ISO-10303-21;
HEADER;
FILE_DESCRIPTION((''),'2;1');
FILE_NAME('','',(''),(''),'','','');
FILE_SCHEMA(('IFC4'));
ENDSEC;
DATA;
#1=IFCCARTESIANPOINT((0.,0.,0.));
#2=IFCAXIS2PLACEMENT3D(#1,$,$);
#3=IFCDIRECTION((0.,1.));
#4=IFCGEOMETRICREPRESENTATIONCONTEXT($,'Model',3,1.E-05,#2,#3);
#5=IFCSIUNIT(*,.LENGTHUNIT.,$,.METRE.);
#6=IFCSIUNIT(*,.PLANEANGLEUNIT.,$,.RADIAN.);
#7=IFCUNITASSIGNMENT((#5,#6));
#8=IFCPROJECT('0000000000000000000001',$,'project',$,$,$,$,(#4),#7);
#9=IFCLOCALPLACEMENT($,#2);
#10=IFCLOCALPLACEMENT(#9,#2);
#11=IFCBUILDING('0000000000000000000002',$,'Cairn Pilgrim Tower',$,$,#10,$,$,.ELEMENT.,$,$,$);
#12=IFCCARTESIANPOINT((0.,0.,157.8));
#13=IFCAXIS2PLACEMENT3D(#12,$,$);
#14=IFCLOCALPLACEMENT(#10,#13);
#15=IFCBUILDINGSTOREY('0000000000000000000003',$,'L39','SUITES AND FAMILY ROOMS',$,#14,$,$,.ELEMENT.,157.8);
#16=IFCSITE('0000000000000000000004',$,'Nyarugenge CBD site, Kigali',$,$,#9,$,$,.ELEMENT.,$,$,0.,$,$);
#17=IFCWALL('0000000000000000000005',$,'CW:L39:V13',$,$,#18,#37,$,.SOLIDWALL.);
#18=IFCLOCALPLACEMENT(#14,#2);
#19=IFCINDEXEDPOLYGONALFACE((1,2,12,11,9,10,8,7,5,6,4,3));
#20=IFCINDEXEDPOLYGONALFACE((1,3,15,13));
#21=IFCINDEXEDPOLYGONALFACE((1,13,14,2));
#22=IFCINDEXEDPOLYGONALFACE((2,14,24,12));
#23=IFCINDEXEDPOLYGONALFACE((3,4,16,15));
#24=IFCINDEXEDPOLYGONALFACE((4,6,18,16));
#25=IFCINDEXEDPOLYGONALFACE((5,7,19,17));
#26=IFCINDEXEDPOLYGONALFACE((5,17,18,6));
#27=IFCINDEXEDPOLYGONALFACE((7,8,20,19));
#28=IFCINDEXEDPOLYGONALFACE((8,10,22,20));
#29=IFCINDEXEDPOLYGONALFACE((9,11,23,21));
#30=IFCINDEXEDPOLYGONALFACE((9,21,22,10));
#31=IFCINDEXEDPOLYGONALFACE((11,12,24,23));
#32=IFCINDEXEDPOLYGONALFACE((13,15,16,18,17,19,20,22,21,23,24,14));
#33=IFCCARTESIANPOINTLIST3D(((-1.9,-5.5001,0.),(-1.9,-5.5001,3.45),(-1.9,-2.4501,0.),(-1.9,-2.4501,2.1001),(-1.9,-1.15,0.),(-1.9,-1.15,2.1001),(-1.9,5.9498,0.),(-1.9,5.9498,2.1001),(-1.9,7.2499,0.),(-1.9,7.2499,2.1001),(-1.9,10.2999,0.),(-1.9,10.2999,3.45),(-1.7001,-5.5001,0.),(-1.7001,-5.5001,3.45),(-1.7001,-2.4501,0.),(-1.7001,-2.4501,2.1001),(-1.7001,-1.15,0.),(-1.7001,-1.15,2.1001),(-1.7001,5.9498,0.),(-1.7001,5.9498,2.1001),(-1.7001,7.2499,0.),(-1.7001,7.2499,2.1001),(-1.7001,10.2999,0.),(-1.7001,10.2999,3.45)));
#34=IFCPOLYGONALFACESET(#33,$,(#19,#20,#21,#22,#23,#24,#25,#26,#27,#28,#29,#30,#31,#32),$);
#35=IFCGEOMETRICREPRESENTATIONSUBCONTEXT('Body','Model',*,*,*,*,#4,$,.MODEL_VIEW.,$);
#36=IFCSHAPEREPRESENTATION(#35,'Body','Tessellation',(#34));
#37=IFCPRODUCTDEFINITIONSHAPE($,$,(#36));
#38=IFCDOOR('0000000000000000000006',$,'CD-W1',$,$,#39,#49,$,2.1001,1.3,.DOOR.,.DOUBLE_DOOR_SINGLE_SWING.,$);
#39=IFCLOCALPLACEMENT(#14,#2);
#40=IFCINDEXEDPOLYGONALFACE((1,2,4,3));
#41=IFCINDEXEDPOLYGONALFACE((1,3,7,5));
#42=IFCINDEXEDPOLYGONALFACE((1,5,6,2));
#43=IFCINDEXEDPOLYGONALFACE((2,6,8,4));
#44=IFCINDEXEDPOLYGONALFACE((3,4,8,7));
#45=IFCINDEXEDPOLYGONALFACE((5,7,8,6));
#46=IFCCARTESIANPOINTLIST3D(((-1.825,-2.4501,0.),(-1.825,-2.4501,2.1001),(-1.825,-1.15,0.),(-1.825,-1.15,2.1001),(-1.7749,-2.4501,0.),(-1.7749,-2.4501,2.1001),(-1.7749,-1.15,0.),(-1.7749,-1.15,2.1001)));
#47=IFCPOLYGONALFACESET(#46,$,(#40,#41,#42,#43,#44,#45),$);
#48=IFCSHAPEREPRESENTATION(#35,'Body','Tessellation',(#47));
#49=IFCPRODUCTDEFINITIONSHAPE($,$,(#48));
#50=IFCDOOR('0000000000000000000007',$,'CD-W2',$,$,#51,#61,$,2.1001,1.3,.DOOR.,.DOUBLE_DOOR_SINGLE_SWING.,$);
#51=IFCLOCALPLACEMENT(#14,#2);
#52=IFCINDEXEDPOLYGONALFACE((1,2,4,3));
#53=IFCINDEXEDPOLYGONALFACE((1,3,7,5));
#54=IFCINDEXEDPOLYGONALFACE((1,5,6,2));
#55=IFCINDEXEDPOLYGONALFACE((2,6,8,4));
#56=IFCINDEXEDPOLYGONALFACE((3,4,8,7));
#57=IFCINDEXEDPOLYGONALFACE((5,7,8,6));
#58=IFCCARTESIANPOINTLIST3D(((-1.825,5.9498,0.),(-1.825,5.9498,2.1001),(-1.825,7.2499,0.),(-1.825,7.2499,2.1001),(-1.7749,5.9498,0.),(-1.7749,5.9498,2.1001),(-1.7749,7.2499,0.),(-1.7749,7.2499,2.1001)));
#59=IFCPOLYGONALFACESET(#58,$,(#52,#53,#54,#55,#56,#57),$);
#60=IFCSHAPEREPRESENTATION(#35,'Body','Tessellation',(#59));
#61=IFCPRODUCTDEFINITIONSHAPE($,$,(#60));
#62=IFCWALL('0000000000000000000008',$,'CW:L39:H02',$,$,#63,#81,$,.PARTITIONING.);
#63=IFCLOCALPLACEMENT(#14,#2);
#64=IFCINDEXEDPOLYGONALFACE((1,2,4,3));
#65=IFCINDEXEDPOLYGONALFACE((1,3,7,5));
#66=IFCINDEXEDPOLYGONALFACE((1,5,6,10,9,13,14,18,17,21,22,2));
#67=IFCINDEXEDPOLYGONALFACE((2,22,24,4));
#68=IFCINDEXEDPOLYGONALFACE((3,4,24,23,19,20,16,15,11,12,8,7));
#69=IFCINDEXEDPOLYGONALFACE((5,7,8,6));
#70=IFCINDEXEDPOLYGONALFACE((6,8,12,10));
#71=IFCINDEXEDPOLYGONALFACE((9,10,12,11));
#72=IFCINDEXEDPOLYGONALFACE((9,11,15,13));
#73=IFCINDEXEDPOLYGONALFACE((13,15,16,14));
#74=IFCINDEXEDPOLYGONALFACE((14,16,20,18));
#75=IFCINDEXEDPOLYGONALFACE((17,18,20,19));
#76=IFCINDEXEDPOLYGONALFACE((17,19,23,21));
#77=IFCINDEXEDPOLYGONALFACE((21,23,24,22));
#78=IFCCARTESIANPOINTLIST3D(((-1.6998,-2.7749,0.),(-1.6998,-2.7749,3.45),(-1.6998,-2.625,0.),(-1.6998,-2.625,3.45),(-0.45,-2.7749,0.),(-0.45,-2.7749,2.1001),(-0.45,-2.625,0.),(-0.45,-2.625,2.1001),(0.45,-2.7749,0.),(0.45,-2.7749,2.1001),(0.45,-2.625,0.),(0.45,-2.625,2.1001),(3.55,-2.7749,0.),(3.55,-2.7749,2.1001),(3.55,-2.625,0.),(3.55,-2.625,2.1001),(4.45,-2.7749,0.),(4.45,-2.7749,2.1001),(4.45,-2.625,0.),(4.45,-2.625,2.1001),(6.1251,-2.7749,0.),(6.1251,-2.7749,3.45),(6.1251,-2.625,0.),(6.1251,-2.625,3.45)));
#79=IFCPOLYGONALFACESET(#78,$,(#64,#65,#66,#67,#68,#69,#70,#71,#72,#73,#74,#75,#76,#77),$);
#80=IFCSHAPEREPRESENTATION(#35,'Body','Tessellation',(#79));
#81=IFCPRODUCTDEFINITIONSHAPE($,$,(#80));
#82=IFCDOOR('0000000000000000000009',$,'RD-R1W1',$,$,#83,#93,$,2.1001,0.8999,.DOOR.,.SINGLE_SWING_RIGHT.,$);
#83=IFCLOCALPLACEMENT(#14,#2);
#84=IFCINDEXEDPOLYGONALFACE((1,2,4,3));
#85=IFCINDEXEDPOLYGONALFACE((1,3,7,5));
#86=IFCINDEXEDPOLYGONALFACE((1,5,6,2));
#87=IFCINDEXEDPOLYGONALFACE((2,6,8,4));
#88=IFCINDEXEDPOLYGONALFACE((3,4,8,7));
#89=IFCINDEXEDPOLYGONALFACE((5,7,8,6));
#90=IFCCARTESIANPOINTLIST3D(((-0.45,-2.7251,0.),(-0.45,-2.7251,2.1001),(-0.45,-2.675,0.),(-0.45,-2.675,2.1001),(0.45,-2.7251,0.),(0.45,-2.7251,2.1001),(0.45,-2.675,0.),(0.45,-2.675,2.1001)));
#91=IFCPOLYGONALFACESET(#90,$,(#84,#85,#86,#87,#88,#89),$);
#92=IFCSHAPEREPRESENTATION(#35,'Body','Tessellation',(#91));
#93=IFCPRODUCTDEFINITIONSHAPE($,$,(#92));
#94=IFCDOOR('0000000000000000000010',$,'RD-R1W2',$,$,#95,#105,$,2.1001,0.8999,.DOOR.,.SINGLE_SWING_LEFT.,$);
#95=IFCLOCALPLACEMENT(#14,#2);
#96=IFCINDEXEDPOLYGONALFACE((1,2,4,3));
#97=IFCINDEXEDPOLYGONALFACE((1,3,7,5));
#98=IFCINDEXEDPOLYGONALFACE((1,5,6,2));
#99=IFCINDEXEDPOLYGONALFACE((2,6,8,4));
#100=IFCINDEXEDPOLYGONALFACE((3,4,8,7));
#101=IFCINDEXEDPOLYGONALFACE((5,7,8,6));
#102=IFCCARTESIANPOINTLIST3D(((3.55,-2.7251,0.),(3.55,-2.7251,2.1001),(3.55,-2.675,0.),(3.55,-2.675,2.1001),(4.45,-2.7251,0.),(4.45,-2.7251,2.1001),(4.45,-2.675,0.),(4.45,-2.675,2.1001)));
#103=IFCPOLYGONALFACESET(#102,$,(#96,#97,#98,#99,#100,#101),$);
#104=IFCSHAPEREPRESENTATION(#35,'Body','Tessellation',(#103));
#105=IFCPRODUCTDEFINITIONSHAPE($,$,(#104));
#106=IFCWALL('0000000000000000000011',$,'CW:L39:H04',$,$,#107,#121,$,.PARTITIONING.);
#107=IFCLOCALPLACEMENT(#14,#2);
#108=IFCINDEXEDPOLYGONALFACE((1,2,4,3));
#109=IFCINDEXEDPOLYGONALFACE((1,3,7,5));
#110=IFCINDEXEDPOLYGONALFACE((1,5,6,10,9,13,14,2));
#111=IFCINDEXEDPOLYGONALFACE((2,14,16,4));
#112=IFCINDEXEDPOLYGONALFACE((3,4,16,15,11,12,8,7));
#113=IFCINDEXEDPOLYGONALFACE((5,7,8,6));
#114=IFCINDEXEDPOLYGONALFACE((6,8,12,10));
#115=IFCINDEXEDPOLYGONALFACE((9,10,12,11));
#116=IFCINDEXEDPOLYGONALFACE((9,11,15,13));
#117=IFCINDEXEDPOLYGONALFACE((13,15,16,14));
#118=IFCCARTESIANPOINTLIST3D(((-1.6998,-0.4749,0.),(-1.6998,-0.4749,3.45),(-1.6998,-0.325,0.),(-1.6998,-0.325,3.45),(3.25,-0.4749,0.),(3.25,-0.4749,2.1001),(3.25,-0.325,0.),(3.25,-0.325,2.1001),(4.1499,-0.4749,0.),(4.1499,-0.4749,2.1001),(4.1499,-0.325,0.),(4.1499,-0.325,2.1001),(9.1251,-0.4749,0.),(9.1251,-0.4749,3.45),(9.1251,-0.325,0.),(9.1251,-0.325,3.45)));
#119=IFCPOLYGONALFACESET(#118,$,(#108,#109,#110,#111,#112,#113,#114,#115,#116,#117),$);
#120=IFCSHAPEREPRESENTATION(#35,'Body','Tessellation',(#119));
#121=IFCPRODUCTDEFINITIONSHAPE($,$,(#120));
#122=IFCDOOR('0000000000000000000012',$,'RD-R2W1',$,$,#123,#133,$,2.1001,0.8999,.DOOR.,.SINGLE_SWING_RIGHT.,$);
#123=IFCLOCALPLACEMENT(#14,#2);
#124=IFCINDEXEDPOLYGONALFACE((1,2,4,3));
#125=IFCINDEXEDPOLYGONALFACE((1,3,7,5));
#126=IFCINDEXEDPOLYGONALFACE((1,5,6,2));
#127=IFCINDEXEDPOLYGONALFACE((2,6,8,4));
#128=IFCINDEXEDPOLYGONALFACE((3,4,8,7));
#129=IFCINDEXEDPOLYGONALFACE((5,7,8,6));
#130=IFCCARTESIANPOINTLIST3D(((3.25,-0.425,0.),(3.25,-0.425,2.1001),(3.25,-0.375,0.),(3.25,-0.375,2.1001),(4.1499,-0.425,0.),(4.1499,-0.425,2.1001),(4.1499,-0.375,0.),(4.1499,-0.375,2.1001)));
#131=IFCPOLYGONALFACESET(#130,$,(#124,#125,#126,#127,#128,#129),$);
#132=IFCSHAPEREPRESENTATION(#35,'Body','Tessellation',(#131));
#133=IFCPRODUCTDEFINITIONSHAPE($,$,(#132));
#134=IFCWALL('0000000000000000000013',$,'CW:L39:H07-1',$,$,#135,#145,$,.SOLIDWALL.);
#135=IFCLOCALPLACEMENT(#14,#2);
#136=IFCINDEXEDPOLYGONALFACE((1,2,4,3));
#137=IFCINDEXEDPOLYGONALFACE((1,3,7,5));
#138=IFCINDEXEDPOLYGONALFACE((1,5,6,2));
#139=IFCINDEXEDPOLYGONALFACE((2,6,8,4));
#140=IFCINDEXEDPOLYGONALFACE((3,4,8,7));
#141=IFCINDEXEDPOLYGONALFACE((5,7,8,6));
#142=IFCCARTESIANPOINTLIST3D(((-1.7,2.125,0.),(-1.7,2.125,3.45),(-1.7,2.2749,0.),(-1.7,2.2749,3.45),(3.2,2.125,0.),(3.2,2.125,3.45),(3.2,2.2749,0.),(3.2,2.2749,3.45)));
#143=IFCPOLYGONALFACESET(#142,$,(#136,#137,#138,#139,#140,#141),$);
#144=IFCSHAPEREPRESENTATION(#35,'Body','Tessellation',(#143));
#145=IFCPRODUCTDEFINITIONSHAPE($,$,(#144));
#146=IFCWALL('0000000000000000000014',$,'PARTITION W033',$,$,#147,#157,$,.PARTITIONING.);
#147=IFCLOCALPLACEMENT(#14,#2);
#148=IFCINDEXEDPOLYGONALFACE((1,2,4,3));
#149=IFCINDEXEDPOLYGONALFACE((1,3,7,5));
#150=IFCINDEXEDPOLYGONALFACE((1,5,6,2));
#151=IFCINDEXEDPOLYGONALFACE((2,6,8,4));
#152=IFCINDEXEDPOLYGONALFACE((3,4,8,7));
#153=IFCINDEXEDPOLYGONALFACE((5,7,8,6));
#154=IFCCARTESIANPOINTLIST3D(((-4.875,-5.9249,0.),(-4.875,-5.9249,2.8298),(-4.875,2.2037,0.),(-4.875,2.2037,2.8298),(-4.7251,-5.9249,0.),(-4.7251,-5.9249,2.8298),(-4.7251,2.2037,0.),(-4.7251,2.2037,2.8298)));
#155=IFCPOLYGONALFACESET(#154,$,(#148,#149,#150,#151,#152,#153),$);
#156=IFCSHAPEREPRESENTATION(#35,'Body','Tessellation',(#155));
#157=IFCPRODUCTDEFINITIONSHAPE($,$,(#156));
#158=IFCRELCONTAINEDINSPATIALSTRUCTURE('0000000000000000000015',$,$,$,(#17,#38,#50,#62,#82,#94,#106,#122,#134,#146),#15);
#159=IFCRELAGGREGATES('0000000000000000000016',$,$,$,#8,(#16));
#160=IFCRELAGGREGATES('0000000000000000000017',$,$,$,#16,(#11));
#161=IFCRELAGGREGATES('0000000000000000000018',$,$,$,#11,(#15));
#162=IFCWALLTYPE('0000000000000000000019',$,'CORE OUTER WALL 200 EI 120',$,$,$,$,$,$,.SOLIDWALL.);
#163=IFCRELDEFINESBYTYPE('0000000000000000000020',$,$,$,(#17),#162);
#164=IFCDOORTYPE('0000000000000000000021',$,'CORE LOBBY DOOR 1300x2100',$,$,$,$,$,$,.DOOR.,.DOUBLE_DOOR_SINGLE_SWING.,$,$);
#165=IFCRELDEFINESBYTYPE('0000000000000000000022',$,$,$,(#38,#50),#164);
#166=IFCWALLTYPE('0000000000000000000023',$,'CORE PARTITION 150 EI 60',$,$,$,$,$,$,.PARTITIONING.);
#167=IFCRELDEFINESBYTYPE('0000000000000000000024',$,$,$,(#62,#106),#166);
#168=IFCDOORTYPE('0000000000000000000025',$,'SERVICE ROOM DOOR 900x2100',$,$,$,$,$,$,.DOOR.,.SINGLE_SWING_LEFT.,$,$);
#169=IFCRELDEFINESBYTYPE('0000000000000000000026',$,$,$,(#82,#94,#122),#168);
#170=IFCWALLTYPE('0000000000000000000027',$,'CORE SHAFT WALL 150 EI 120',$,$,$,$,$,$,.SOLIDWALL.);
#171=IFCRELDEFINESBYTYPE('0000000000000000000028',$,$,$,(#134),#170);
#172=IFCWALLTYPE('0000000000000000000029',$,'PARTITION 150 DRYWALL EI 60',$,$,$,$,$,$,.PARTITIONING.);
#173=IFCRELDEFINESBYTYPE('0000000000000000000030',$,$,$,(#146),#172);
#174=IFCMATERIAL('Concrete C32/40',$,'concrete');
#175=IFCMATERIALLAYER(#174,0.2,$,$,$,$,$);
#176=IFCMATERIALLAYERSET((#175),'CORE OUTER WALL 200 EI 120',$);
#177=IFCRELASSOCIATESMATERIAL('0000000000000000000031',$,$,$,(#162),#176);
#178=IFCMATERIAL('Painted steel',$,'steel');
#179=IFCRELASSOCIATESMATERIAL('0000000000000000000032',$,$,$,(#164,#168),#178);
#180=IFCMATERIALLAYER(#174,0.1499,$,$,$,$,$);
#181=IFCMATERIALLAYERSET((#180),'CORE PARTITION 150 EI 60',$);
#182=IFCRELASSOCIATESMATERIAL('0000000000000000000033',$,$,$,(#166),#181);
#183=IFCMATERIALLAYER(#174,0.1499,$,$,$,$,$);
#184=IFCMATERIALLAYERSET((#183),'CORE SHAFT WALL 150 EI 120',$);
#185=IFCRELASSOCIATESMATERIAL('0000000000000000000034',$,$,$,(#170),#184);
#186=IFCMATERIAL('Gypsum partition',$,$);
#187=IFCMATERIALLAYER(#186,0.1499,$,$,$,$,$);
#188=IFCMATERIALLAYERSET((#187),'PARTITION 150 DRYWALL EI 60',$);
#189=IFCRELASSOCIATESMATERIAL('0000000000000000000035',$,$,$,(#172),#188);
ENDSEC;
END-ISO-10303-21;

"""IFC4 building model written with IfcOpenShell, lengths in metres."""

from ifc_helpers import new_model, si_unit, direction, frame, frame_2d, origin, place, context, subcontext, project, spatial, rectangle, extrude, material, layer, layer_set, type_object, element, fill, save


model = new_model("IFC4")

# Units and contexts
model_context = context("Model", 3, precision=1e-05, world=origin(), true_north=direction((0.0, 1.0)))
body_context = subcontext(model_context, "Body", "Model", "MODEL_VIEW")
ifc_project = project(units=[si_unit("LENGTHUNIT", "METRE"), si_unit("PLANEANGLEUNIT", "RADIAN")], contexts=[model_context])

# Site, building, storey
site_placement = place(None, origin())
site = spatial("IfcSite", under=ifc_project, at=site_placement, Name="Nyarugenge CBD site, Kigali", CompositionType="ELEMENT", RefElevation=0.0)
building_placement = place(site_placement, origin())
building = spatial("IfcBuilding", under=site, at=building_placement, Name="Cairn Pilgrim Tower", CompositionType="ELEMENT")
storey_placement = place(building_placement, frame((0.0, 0.0, 157.8)))
storey = spatial("IfcBuildingStorey", under=building, at=storey_placement, Name="L39", Description="SUITES AND FAMILY ROOMS", CompositionType="ELEMENT", Elevation=157.8)

# Shared definitions
ifc_material_1 = material(Name="Concrete C32/40", Category="concrete")
ifc_layer_1 = layer(ifc_material_1, 0.2)
ifc_layer_set_1 = layer_set([ifc_layer_1], Name="CORE OUTER WALL 200 EI 120")
wall_type_1 = type_object("IfcWallType", Name="CORE OUTER WALL 200 EI 120", PredefinedType="SOLIDWALL", material=ifc_layer_set_1)

# Walls, openings, doors
wall_1_placement = place(storey_placement, frame((-1.8, -5.5, 0.0), z_axis=(0.0, 0.0, 1.0), x_axis=(0.0, 1.0, 0.0)))
wall_1 = element("IfcWall", 1, at=wall_1_placement, inside=storey, type_object=wall_type_1, Name="CW:L39:V13", PredefinedType="SOLIDWALL", context=body_context, shape_type="SweptSolid", body=[
    extrude(rectangle(XDim=15.8, YDim=0.2, at=frame_2d((7.8999, 0.0))), origin(), (0.0, 0.0, 1.0), 3.45),
])
opening_1_placement = place(wall_1_placement, frame((3.05, 0.0, 0.0)))
opening_1 = element("IfcOpeningElement", 2, at=opening_1_placement, cuts=wall_1, PredefinedType="OPENING", context=body_context, shape_type="SweptSolid", body=[
    extrude(rectangle(XDim=1.3, YDim=2.1001, at=frame_2d((0.6499, 1.05))), frame((0.0, 0.1099, 0.0), z_axis=(0.0, -1.0, 0.0), x_axis=(1.0, 0.0, 0.0)), (0.0, 0.0, 1.0), 0.22),
])
opening_2_placement = place(wall_1_placement, frame((11.45, 0.0, 0.0)))
opening_2 = element("IfcOpeningElement", 3, at=opening_2_placement, cuts=wall_1, PredefinedType="OPENING", context=body_context, shape_type="SweptSolid", body=[
    extrude(rectangle(XDim=1.3, YDim=2.1001, at=frame_2d((0.6499, 1.05))), frame((0.0, 0.1099, 0.0), z_axis=(0.0, -1.0, 0.0), x_axis=(1.0, 0.0, 0.0)), (0.0, 0.0, 1.0), 0.22),
])
ifc_material_2 = material(Name="Painted steel", Category="steel")
door_type_1 = type_object("IfcDoorType", Name="CORE LOBBY DOOR 1300x2100", OperationType="DOUBLE_DOOR_SINGLE_SWING", PredefinedType="DOOR", material=ifc_material_2)
door_1_placement = place(opening_1_placement, origin())
door_1 = element("IfcDoor", 4, at=door_1_placement, inside=storey, type_object=door_type_1, Name="CD-W1", OperationType="DOUBLE_DOOR_SINGLE_SWING", OverallHeight=2.1001, OverallWidth=1.3, PredefinedType="DOOR", context=body_context, shape_type="SweptSolid", body=[
    extrude(rectangle(XDim=1.3, YDim=2.1001, at=frame_2d((0.6499, 1.05))), frame((0.0, 0.0249, 0.0), z_axis=(0.0, -1.0, 0.0), x_axis=(1.0, 0.0, 0.0)), (0.0, 0.0, 1.0), 0.05),
])
fill(opening_1, door_1)
door_2_placement = place(opening_2_placement, origin())
door_2 = element("IfcDoor", 5, at=door_2_placement, inside=storey, type_object=door_type_1, Name="CD-W2", OperationType="DOUBLE_DOOR_SINGLE_SWING", OverallHeight=2.1001, OverallWidth=1.3, PredefinedType="DOOR", context=body_context, shape_type="SweptSolid", body=[
    extrude(rectangle(XDim=1.3, YDim=2.1001, at=frame_2d((0.6499, 1.05))), frame((0.0, 0.0249, 0.0), z_axis=(0.0, -1.0, 0.0), x_axis=(1.0, 0.0, 0.0)), (0.0, 0.0, 1.0), 0.05),
])
fill(opening_2, door_2)
ifc_layer_2 = layer(ifc_material_1, 0.1499)
ifc_layer_set_2 = layer_set([ifc_layer_2], Name="CORE PARTITION 150 EI 60")
wall_type_2 = type_object("IfcWallType", Name="CORE PARTITION 150 EI 60", PredefinedType="PARTITIONING", material=ifc_layer_set_2)
wall_2_placement = place(storey_placement, frame((-1.7, -2.7, 0.0), z_axis=(0.0, 0.0, 1.0), x_axis=(1.0, 0.0, 0.0)))
wall_2 = element("IfcWall", 6, at=wall_2_placement, inside=storey, type_object=wall_type_2, Name="CW:L39:H02", PredefinedType="PARTITIONING", context=body_context, shape_type="SweptSolid", body=[
    extrude(rectangle(XDim=7.825, YDim=0.1499, at=frame_2d((3.9126, 0.0))), origin(), (0.0, 0.0, 1.0), 3.45),
])
opening_3_placement = place(wall_2_placement, frame((1.25, 0.0, 0.0)))
opening_3 = element("IfcOpeningElement", 7, at=opening_3_placement, cuts=wall_2, PredefinedType="OPENING", context=body_context, shape_type="SweptSolid", body=[
    extrude(rectangle(XDim=0.8999, YDim=2.1001, at=frame_2d((0.45, 1.05))), frame((0.0, 0.085, 0.0), z_axis=(0.0, -1.0, 0.0), x_axis=(1.0, 0.0, 0.0)), (0.0, 0.0, 1.0), 0.1699),
])
opening_4_placement = place(wall_2_placement, frame((5.25, 0.0, 0.0)))
opening_4 = element("IfcOpeningElement", 8, at=opening_4_placement, cuts=wall_2, PredefinedType="OPENING", context=body_context, shape_type="SweptSolid", body=[
    extrude(rectangle(XDim=0.8999, YDim=2.1001, at=frame_2d((0.45, 1.05))), frame((0.0, 0.085, 0.0), z_axis=(0.0, -1.0, 0.0), x_axis=(1.0, 0.0, 0.0)), (0.0, 0.0, 1.0), 0.1699),
])
door_type_2 = type_object("IfcDoorType", Name="SERVICE ROOM DOOR 900x2100", OperationType="SINGLE_SWING_LEFT", PredefinedType="DOOR", material=ifc_material_2)
door_3_placement = place(opening_3_placement, origin())
door_3 = element("IfcDoor", 9, at=door_3_placement, inside=storey, type_object=door_type_2, Name="RD-R1W1", OperationType="SINGLE_SWING_RIGHT", OverallHeight=2.1001, OverallWidth=0.8999, PredefinedType="DOOR", context=body_context, shape_type="SweptSolid", body=[
    extrude(rectangle(XDim=0.8999, YDim=2.1001, at=frame_2d((0.45, 1.05))), frame((0.0, 0.0249, 0.0), z_axis=(0.0, -1.0, 0.0), x_axis=(1.0, 0.0, 0.0)), (0.0, 0.0, 1.0), 0.05),
])
fill(opening_3, door_3)
door_4_placement = place(opening_4_placement, origin())
door_4 = element("IfcDoor", 10, at=door_4_placement, inside=storey, type_object=door_type_2, Name="RD-R1W2", OperationType="SINGLE_SWING_LEFT", OverallHeight=2.1001, OverallWidth=0.8999, PredefinedType="DOOR", context=body_context, shape_type="SweptSolid", body=[
    extrude(rectangle(XDim=0.8999, YDim=2.1001, at=frame_2d((0.45, 1.05))), frame((0.0, 0.0249, 0.0), z_axis=(0.0, -1.0, 0.0), x_axis=(1.0, 0.0, 0.0)), (0.0, 0.0, 1.0), 0.05),
])
fill(opening_4, door_4)

# Wall, opening, door
wall_3_placement = place(storey_placement, frame((-1.7, -0.3999, 0.0), z_axis=(0.0, 0.0, 1.0), x_axis=(1.0, 0.0, 0.0)))
wall_3 = element("IfcWall", 11, at=wall_3_placement, inside=storey, type_object=wall_type_2, Name="CW:L39:H04", PredefinedType="PARTITIONING", context=body_context, shape_type="SweptSolid", body=[
    extrude(rectangle(XDim=10.825, YDim=0.1499, at=frame_2d((5.4126, 0.0))), origin(), (0.0, 0.0, 1.0), 3.45),
])
opening_5_placement = place(wall_3_placement, frame((4.95, 0.0, 0.0)))
opening_5 = element("IfcOpeningElement", 12, at=opening_5_placement, cuts=wall_3, PredefinedType="OPENING", context=body_context, shape_type="SweptSolid", body=[
    extrude(rectangle(XDim=0.8999, YDim=2.1001, at=frame_2d((0.45, 1.05))), frame((0.0, 0.085, 0.0), z_axis=(0.0, -1.0, 0.0), x_axis=(1.0, 0.0, 0.0)), (0.0, 0.0, 1.0), 0.1699),
])
door_5_placement = place(opening_5_placement, origin())
door_5 = element("IfcDoor", 13, at=door_5_placement, inside=storey, type_object=door_type_2, Name="RD-R2W1", OperationType="SINGLE_SWING_RIGHT", OverallHeight=2.1001, OverallWidth=0.8999, PredefinedType="DOOR", context=body_context, shape_type="SweptSolid", body=[
    extrude(rectangle(XDim=0.8999, YDim=2.1001, at=frame_2d((0.45, 1.05))), frame((0.0, 0.0249, 0.0), z_axis=(0.0, -1.0, 0.0), x_axis=(1.0, 0.0, 0.0)), (0.0, 0.0, 1.0), 0.05),
])
fill(opening_5, door_5)

# Walls
ifc_layer_3 = layer(ifc_material_1, 0.1499)
ifc_layer_set_3 = layer_set([ifc_layer_3], Name="CORE SHAFT WALL 150 EI 120")
wall_type_3 = type_object("IfcWallType", Name="CORE SHAFT WALL 150 EI 120", PredefinedType="SOLIDWALL", material=ifc_layer_set_3)
wall_4_placement = place(storey_placement, frame((-1.7, 2.2, 0.0), z_axis=(0.0, 0.0, 1.0), x_axis=(1.0, 0.0, 0.0)))
element("IfcWall", 14, at=wall_4_placement, inside=storey, type_object=wall_type_3, Name="CW:L39:H07-1", PredefinedType="SOLIDWALL", context=body_context, shape_type="SweptSolid", body=[
    extrude(rectangle(XDim=4.8999, YDim=0.1499, at=frame_2d((2.45, 0.0))), origin(), (0.0, 0.0, 1.0), 3.45),
])
ifc_material_3 = material(Name="Gypsum partition")
ifc_layer_4 = layer(ifc_material_3, 0.1499)
ifc_layer_set_4 = layer_set([ifc_layer_4], Name="PARTITION 150 DRYWALL EI 60")
wall_type_4 = type_object("IfcWallType", Name="PARTITION 150 DRYWALL EI 60", PredefinedType="PARTITIONING", material=ifc_layer_set_4)
wall_5_placement = place(storey_placement, frame((-4.8, -5.925, 0.0), z_axis=(0.0, 0.0, 1.0), x_axis=(0.0, 1.0, 0.0)))
element("IfcWall", 15, at=wall_5_placement, inside=storey, type_object=wall_type_4, Name="PARTITION W033", PredefinedType="PARTITIONING", context=body_context, shape_type="SweptSolid", body=[
    extrude(rectangle(XDim=8.1287, YDim=0.1499, at=frame_2d((4.0645, 0.0))), origin(), (0.0, 0.0, 1.0), 2.8298),
])

save(model, "model.ifc")
